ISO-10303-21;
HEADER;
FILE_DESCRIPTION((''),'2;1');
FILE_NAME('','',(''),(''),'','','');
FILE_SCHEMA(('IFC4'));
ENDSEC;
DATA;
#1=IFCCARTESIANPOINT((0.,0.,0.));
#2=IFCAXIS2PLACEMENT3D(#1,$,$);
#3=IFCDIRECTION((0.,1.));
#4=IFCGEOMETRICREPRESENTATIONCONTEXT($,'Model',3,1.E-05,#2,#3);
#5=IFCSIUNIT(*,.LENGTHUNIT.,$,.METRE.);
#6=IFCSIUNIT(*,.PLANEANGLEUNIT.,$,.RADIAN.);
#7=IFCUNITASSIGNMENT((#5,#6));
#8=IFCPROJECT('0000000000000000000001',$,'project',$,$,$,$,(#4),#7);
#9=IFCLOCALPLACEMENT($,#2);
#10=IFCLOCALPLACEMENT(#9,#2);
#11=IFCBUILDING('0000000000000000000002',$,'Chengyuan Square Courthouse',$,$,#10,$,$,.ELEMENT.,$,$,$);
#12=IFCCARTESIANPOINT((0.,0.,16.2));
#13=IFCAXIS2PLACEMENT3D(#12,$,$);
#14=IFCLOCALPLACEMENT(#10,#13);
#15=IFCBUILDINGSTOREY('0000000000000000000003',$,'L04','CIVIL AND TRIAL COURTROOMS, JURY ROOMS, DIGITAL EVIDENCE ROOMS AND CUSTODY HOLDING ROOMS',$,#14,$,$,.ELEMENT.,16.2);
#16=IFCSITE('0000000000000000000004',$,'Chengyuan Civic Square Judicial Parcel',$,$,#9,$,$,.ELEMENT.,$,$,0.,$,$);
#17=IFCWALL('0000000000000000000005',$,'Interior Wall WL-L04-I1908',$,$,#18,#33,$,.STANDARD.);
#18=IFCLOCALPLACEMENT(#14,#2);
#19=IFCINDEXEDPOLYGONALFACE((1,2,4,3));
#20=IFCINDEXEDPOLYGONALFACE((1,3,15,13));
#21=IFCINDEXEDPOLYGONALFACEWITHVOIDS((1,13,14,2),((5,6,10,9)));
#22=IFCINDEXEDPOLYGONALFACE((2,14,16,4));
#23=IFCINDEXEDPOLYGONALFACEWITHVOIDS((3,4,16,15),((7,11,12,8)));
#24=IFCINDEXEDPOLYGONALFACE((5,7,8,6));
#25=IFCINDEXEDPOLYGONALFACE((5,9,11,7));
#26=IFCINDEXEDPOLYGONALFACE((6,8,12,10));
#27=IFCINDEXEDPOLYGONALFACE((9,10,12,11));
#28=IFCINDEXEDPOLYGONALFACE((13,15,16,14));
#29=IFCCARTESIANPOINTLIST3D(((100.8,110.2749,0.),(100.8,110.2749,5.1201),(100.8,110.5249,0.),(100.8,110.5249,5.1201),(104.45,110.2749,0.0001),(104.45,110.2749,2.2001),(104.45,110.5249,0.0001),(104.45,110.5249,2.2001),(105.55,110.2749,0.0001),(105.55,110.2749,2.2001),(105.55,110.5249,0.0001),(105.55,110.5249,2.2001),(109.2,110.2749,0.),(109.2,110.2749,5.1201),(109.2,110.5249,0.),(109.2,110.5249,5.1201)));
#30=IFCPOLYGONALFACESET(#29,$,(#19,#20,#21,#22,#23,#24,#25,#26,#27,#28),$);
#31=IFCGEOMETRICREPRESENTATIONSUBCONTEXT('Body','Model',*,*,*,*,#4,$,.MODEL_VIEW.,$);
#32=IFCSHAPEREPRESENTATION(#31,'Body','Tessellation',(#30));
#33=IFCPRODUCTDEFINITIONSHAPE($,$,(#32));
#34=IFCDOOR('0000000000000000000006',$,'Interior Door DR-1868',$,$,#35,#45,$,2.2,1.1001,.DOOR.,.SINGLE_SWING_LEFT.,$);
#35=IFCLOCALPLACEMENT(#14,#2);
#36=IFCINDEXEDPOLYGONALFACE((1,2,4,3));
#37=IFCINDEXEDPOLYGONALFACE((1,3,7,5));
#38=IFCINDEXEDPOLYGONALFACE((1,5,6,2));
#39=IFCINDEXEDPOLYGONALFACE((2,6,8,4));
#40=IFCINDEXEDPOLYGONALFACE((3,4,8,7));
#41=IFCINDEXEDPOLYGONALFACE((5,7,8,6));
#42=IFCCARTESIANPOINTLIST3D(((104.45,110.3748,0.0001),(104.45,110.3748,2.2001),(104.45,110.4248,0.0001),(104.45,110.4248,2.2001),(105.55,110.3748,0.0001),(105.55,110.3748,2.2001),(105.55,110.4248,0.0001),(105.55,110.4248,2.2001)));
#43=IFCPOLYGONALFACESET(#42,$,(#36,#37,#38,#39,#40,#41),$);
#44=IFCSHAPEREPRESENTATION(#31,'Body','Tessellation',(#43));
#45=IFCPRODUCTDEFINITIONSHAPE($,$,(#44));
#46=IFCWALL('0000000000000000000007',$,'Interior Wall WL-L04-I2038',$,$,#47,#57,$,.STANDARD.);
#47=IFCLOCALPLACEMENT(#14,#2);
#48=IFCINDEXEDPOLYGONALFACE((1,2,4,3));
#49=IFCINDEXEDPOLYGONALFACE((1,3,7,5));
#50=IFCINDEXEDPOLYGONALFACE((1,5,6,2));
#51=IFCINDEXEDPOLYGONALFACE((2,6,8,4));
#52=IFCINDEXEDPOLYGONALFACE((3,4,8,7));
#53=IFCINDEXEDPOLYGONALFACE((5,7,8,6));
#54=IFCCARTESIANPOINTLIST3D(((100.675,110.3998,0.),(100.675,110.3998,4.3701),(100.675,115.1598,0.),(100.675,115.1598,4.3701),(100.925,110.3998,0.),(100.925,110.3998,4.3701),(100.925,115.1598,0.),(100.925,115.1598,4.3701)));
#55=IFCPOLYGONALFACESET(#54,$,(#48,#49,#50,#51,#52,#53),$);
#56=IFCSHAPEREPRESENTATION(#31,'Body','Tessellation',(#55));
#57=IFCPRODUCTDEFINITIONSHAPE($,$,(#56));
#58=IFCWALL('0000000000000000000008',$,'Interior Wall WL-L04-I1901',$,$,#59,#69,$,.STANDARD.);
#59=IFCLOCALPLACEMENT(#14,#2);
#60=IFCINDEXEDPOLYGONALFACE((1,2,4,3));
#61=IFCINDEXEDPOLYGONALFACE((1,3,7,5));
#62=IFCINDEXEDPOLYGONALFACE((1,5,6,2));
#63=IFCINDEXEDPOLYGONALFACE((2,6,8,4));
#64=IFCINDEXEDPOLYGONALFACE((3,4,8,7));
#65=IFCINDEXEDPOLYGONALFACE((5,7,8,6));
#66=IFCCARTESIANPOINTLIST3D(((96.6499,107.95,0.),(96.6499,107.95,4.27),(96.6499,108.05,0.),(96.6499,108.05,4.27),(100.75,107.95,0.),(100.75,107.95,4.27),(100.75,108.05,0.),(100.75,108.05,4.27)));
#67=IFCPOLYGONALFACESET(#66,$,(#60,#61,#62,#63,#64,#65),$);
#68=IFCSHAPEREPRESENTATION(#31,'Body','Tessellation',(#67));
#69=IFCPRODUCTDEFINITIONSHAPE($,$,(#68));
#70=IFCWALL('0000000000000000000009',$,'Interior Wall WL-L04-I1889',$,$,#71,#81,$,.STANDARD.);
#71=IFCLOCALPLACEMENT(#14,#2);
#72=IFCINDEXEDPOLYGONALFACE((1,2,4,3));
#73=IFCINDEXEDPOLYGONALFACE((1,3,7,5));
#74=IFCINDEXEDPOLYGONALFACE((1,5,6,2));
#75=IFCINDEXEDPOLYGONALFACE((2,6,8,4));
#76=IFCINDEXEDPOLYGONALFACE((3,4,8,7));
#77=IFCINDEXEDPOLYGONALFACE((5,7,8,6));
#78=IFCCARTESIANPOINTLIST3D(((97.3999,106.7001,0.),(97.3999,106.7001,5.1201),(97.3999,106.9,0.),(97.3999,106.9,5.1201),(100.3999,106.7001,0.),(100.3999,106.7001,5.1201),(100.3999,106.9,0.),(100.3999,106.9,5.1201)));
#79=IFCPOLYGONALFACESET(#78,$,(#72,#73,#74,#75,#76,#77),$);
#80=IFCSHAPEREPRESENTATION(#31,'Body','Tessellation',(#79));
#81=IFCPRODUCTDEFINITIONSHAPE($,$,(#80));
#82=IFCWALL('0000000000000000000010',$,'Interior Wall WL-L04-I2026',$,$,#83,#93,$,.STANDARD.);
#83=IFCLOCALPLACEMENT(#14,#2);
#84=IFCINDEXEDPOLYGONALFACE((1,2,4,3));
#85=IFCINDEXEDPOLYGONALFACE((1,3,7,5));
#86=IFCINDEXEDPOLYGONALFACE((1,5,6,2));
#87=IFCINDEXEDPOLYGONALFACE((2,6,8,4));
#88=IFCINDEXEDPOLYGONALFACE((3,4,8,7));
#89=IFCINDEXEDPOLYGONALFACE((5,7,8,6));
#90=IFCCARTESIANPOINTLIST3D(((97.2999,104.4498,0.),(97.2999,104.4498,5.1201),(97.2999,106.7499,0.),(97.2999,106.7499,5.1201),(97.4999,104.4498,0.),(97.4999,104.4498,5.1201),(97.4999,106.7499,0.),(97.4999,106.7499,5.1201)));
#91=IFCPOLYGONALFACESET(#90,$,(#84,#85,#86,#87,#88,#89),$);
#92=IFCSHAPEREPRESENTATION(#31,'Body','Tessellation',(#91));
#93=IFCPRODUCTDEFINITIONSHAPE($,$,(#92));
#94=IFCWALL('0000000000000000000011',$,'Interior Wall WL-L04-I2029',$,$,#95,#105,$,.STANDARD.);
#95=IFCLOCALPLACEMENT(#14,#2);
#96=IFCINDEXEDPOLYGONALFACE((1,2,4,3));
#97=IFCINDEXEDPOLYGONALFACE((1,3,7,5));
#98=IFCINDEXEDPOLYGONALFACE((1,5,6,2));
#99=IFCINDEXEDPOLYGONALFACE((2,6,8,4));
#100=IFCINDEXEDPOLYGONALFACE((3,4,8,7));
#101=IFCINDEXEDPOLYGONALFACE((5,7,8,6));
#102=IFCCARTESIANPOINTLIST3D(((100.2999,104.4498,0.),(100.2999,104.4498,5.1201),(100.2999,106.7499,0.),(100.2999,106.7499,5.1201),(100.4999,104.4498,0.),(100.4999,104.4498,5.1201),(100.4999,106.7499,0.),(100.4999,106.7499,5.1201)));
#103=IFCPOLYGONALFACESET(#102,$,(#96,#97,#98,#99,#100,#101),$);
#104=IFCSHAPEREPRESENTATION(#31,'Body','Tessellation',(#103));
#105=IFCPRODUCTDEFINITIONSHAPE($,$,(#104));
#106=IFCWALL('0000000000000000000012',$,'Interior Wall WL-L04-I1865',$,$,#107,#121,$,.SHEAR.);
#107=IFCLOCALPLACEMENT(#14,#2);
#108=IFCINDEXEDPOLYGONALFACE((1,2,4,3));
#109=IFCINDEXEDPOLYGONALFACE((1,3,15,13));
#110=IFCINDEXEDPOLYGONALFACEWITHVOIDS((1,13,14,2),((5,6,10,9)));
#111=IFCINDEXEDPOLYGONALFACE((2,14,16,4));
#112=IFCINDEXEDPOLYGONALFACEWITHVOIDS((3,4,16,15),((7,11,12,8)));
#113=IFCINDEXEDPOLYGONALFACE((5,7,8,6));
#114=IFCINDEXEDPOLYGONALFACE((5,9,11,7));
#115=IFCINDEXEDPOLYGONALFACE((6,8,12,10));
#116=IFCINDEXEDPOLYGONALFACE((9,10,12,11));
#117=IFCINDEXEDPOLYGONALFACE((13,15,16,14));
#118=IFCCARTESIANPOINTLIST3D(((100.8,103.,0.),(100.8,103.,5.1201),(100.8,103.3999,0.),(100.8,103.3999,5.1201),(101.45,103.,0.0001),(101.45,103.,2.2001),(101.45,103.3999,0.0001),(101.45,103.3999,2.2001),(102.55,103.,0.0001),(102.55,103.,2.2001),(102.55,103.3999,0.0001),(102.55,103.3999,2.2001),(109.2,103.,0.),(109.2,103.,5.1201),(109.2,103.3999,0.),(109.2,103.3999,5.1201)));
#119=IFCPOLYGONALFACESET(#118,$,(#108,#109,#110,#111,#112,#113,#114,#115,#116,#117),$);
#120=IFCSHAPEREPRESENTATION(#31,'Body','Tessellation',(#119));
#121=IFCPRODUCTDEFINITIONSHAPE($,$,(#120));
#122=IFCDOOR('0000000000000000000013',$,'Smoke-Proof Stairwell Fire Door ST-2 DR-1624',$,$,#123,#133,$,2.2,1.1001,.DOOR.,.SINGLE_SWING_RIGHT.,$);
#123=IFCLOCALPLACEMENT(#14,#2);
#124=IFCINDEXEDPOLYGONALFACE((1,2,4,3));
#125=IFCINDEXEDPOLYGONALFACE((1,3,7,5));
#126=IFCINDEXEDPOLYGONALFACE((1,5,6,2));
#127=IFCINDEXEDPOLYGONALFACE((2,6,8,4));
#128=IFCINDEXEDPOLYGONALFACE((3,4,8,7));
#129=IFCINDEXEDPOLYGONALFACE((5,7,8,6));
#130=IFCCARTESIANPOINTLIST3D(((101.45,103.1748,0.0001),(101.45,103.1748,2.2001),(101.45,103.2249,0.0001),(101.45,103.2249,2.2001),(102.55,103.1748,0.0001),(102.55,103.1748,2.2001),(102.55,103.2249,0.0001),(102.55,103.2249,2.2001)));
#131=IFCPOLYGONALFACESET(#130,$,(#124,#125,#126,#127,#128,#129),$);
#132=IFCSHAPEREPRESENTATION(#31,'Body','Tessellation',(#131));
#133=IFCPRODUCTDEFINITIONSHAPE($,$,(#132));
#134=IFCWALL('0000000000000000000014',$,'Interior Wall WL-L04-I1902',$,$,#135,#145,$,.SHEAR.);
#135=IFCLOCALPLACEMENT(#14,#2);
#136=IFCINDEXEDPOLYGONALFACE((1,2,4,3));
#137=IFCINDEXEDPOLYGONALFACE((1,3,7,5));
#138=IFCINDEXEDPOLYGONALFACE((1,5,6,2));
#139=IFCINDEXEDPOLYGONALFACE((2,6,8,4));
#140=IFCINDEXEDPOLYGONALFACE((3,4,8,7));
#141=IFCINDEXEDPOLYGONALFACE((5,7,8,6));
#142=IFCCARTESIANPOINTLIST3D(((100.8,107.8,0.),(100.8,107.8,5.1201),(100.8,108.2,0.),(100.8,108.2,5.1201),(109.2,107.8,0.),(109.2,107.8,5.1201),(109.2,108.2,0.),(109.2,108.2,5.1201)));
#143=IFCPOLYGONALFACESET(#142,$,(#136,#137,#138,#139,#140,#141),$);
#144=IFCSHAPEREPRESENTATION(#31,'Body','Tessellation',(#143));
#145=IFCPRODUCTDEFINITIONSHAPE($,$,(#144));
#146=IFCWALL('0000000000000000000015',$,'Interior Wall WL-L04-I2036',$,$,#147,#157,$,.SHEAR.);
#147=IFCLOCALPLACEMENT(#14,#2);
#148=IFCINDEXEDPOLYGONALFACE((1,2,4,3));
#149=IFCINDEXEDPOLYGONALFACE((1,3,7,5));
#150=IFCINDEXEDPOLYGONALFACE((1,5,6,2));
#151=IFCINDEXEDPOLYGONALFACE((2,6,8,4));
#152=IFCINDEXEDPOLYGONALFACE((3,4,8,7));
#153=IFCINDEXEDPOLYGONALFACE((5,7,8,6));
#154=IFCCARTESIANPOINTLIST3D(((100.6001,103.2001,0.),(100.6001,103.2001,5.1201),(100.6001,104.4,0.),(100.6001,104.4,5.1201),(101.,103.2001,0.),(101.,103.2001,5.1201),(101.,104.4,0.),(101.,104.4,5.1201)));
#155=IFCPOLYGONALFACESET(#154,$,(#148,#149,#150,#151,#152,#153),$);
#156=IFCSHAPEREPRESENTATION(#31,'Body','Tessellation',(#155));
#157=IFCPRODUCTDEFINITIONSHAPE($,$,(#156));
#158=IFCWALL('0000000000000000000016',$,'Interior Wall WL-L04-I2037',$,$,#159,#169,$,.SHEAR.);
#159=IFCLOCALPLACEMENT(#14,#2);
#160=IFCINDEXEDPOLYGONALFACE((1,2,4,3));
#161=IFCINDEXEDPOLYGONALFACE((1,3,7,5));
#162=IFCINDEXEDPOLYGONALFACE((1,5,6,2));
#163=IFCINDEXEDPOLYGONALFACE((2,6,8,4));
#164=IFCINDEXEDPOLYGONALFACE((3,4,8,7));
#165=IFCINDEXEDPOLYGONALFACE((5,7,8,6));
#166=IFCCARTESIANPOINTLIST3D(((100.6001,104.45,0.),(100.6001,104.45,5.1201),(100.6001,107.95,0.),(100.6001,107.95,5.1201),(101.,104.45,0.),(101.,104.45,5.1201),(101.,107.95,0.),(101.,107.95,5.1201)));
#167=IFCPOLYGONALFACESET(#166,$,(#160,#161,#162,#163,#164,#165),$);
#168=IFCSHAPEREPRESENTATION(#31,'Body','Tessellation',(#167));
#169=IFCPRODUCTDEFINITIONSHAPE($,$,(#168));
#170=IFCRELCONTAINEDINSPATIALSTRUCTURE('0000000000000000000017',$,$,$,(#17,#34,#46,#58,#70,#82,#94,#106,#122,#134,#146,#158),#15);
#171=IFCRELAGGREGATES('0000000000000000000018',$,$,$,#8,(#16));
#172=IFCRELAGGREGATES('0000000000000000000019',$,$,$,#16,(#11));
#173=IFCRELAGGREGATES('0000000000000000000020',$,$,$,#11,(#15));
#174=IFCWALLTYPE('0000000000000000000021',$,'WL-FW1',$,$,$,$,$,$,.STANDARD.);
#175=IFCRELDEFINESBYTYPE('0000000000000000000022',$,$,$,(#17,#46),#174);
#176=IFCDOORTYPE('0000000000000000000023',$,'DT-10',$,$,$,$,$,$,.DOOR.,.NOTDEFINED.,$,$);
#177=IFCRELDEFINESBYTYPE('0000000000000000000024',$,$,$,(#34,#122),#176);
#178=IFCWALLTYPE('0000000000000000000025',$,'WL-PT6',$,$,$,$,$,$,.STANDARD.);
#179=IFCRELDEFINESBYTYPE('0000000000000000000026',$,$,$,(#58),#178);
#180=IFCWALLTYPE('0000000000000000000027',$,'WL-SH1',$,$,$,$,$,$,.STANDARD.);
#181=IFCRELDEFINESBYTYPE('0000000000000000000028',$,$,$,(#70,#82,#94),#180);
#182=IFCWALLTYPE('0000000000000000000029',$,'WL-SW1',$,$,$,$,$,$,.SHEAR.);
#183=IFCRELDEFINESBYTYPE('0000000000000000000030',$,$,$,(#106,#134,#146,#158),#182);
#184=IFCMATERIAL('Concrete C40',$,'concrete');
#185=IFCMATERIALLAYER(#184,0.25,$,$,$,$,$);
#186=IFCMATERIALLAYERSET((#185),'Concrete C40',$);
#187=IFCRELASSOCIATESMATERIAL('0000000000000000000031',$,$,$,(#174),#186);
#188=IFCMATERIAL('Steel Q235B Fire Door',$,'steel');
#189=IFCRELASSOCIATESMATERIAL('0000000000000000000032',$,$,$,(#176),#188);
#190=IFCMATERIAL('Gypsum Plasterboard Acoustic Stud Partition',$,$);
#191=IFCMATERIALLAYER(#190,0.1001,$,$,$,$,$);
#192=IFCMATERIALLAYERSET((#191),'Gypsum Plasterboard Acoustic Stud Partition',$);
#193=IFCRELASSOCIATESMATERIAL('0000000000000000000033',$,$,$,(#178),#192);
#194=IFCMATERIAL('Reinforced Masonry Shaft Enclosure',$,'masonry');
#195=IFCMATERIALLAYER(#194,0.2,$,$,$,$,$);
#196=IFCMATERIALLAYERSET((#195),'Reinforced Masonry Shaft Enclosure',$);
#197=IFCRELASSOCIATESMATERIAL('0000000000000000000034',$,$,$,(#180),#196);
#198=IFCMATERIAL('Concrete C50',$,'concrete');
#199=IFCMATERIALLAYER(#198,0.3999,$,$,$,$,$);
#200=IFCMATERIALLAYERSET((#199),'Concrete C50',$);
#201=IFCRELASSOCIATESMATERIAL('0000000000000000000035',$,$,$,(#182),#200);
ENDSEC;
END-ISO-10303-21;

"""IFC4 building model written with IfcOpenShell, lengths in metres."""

from ifc_helpers import new_model, si_unit, direction, frame, frame_2d, origin, place, context, subcontext, project, spatial, rectangle, extrude, material, layer, layer_set, type_object, element, fill, save


model = new_model("IFC4")

# Units and contexts
model_context = context("Model", 3, precision=1e-05, world=origin(), true_north=direction((0.0, 1.0)))
body_context = subcontext(model_context, "Body", "Model", "MODEL_VIEW")
ifc_project = project(units=[si_unit("LENGTHUNIT", "METRE"), si_unit("PLANEANGLEUNIT", "RADIAN")], contexts=[model_context])

# Site, building, storey
site_placement = place(None, origin())
site = spatial("IfcSite", under=ifc_project, at=site_placement, Name="Chengyuan Civic Square Judicial Parcel", CompositionType="ELEMENT", RefElevation=0.0)
building_placement = place(site_placement, origin())
building = spatial("IfcBuilding", under=site, at=building_placement, Name="Chengyuan Square Courthouse", CompositionType="ELEMENT")
storey_placement = place(building_placement, frame((0.0, 0.0, 16.2)))
storey = spatial("IfcBuildingStorey", under=building, at=storey_placement, Name="L04", Description="CIVIL AND TRIAL COURTROOMS, JURY ROOMS, DIGITAL EVIDENCE ROOMS AND CUSTODY HOLDING ROOMS", CompositionType="ELEMENT", Elevation=16.2)

# Shared definitions
ifc_material_1 = material(Name="Concrete C50", Category="concrete")

# Shared definitions
ifc_material_2 = material(Name="Concrete C40", Category="concrete")

# Wall, opening, door
ifc_layer_1 = layer(ifc_material_2, 0.25)
ifc_layer_set_1 = layer_set([ifc_layer_1], Name="Concrete C40")
wall_type_1 = type_object("IfcWallType", Name="WL-FW1", PredefinedType="STANDARD", material=ifc_layer_set_1)
wall_1_placement = place(storey_placement, frame((100.8, 110.3999, 0.0), z_axis=(0.0, 0.0, 1.0), x_axis=(1.0, 0.0, 0.0)))
wall_1 = element("IfcWall", 1, at=wall_1_placement, inside=storey, type_object=wall_type_1, Name="Interior Wall WL-L04-I1908", PredefinedType="STANDARD", context=body_context, shape_type="SweptSolid", body=[
    extrude(rectangle(XDim=8.3999, YDim=0.25, at=frame_2d((4.2, 0.0))), origin(), (0.0, 0.0, 1.0), 5.1201),
])
opening_1_placement = place(wall_1_placement, frame((3.6499, 0.0, 0.0)))
opening_1 = element("IfcOpeningElement", 2, at=opening_1_placement, cuts=wall_1, PredefinedType="OPENING", context=body_context, shape_type="SweptSolid", body=[
    extrude(rectangle(XDim=1.1001, YDim=2.2, at=frame_2d((0.55, 1.1001))), frame((0.0, 0.137, 0.0), z_axis=(0.0, -1.0, 0.0), x_axis=(1.0, 0.0, 0.0)), (0.0, 0.0, 1.0), 0.2739),
])
ifc_material_3 = material(Name="Steel Q235B Fire Door", Category="steel")
door_type_1 = type_object("IfcDoorType", Name="DT-10", OperationType="NOTDEFINED", PredefinedType="DOOR", material=ifc_material_3)
door_1_placement = place(opening_1_placement, origin())
door_1 = element("IfcDoor", 3, at=door_1_placement, inside=storey, type_object=door_type_1, Name="Interior Door DR-1868", OperationType="SINGLE_SWING_LEFT", OverallHeight=2.2, OverallWidth=1.1001, PredefinedType="DOOR", context=body_context, shape_type="SweptSolid", body=[
    extrude(rectangle(XDim=1.1001, YDim=2.2, at=frame_2d((0.55, 1.1001))), frame((0.0, 0.0249, 0.0), z_axis=(0.0, -1.0, 0.0), x_axis=(1.0, 0.0, 0.0)), (0.0, 0.0, 1.0), 0.05),
])
fill(opening_1, door_1)

# Walls
wall_2_placement = place(storey_placement, frame((100.8, 110.3999, 0.0), z_axis=(0.0, 0.0, 1.0), x_axis=(0.0, 1.0, 0.0)))
element("IfcWall", 4, at=wall_2_placement, inside=storey, type_object=wall_type_1, Name="Interior Wall WL-L04-I2038", PredefinedType="STANDARD", context=body_context, shape_type="SweptSolid", body=[
    extrude(rectangle(XDim=4.76, YDim=0.25, at=frame_2d((2.3799, 0.0))), origin(), (0.0, 0.0, 1.0), 4.3701),
])
ifc_material_4 = material(Name="Gypsum Plasterboard Acoustic Stud Partition")
ifc_layer_2 = layer(ifc_material_4, 0.1001)
ifc_layer_set_2 = layer_set([ifc_layer_2], Name="Gypsum Plasterboard Acoustic Stud Partition")
wall_type_2 = type_object("IfcWallType", Name="WL-PT6", PredefinedType="STANDARD", material=ifc_layer_set_2)
wall_3_placement = place(storey_placement, frame((96.6499, 108.0, 0.0), z_axis=(0.0, 0.0, 1.0), x_axis=(1.0, 0.0, 0.0)))
element("IfcWall", 5, at=wall_3_placement, inside=storey, type_object=wall_type_2, Name="Interior Wall WL-L04-I1901", PredefinedType="STANDARD", context=body_context, shape_type="SweptSolid", body=[
    extrude(rectangle(XDim=4.1001, YDim=0.1001, at=frame_2d((2.05, 0.0))), origin(), (0.0, 0.0, 1.0), 4.27),
])

# Shared definitions
ifc_material_5 = material(Name="Reinforced Masonry Shaft Enclosure", Category="masonry")
ifc_layer_3 = layer(ifc_material_5, 0.2)
ifc_layer_set_3 = layer_set([ifc_layer_3], Name="Reinforced Masonry Shaft Enclosure")
wall_type_3 = type_object("IfcWallType", Name="WL-SH1", PredefinedType="STANDARD", material=ifc_layer_set_3)

# Walls
wall_4_placement = place(storey_placement, frame((97.3999, 106.8, 0.0), z_axis=(0.0, 0.0, 1.0), x_axis=(1.0, 0.0, 0.0)))
element("IfcWall", 6, at=wall_4_placement, inside=storey, type_object=wall_type_3, Name="Interior Wall WL-L04-I1889", PredefinedType="STANDARD", context=body_context, shape_type="SweptSolid", body=[
    extrude(rectangle(XDim=3.0, YDim=0.2, at=frame_2d((1.5, 0.0))), origin(), (0.0, 0.0, 1.0), 5.1201),
])
for number, where, z_axis, x_axis, name in (
    (7, (97.3999, 104.45, 0.0), (0.0, 0.0, 1.0), (0.0, 1.0, 0.0), "Interior Wall WL-L04-I2026"),
    (8, (100.3999, 104.45, 0.0), (0.0, 0.0, 1.0), (0.0, 1.0, 0.0), "Interior Wall WL-L04-I2029"),
):
    element("IfcWall", number, at=place(storey_placement, frame(where, z_axis=z_axis, x_axis=x_axis)), inside=storey, type_object=wall_type_3, Name=name, PredefinedType="STANDARD", context=body_context, shape_type="SweptSolid", body=[
        extrude(rectangle(XDim=2.3, YDim=0.2, at=frame_2d((1.1499, 0.0))), origin(), (0.0, 0.0, 1.0), 5.1201),
    ])

# Wall, opening, door
ifc_layer_4 = layer(ifc_material_1, 0.3999)
ifc_layer_set_4 = layer_set([ifc_layer_4], Name="Concrete C50")
wall_type_4 = type_object("IfcWallType", Name="WL-SW1", PredefinedType="SHEAR", material=ifc_layer_set_4)
wall_5_placement = place(storey_placement, frame((100.8, 103.2, 0.0), z_axis=(0.0, 0.0, 1.0), x_axis=(1.0, 0.0, 0.0)))
wall_5 = element("IfcWall", 9, at=wall_5_placement, inside=storey, type_object=wall_type_4, Name="Interior Wall WL-L04-I1865", PredefinedType="SHEAR", context=body_context, shape_type="SweptSolid", body=[
    extrude(rectangle(XDim=8.3999, YDim=0.3999, at=frame_2d((4.2, 0.0))), origin(), (0.0, 0.0, 1.0), 5.1201),
])
opening_2_placement = place(wall_5_placement, frame((0.6499, 0.0, 0.0)))
opening_2 = element("IfcOpeningElement", 10, at=opening_2_placement, cuts=wall_5, PredefinedType="OPENING", context=body_context, shape_type="SweptSolid", body=[
    extrude(rectangle(XDim=1.1001, YDim=2.2, at=frame_2d((0.55, 1.1001))), frame((0.0, 0.2119, 0.0), z_axis=(0.0, -1.0, 0.0), x_axis=(1.0, 0.0, 0.0)), (0.0, 0.0, 1.0), 0.4238),
])
door_2_placement = place(opening_2_placement, origin())
door_2 = element("IfcDoor", 11, at=door_2_placement, inside=storey, type_object=door_type_1, Name="Smoke-Proof Stairwell Fire Door ST-2 DR-1624", OperationType="SINGLE_SWING_RIGHT", OverallHeight=2.2, OverallWidth=1.1001, PredefinedType="DOOR", context=body_context, shape_type="SweptSolid", body=[
    extrude(rectangle(XDim=1.1001, YDim=2.2, at=frame_2d((0.55, 1.1001))), frame((0.0, 0.0249, 0.0), z_axis=(0.0, -1.0, 0.0), x_axis=(1.0, 0.0, 0.0)), (0.0, 0.0, 1.0), 0.05),
])
fill(opening_2, door_2)

# Walls
wall_6_placement = place(storey_placement, frame((100.8, 108.0, 0.0), z_axis=(0.0, 0.0, 1.0), x_axis=(1.0, 0.0, 0.0)))
element("IfcWall", 12, at=wall_6_placement, inside=storey, type_object=wall_type_4, Name="Interior Wall WL-L04-I1902", PredefinedType="SHEAR", context=body_context, shape_type="SweptSolid", body=[
    extrude(rectangle(XDim=8.3999, YDim=0.3999, at=frame_2d((4.2, 0.0))), origin(), (0.0, 0.0, 1.0), 5.1201),
])
wall_7_placement = place(storey_placement, frame((100.8, 103.2, 0.0), z_axis=(0.0, 0.0, 1.0), x_axis=(0.0, 1.0, 0.0)))
element("IfcWall", 13, at=wall_7_placement, inside=storey, type_object=wall_type_4, Name="Interior Wall WL-L04-I2036", PredefinedType="SHEAR", context=body_context, shape_type="SweptSolid", body=[
    extrude(rectangle(XDim=1.2, YDim=0.3999, at=frame_2d((0.6001, 0.0))), origin(), (0.0, 0.0, 1.0), 5.1201),
])
wall_8_placement = place(storey_placement, frame((100.8, 104.45, 0.0), z_axis=(0.0, 0.0, 1.0), x_axis=(0.0, 1.0, 0.0)))
element("IfcWall", 14, at=wall_8_placement, inside=storey, type_object=wall_type_4, Name="Interior Wall WL-L04-I2037", PredefinedType="SHEAR", context=body_context, shape_type="SweptSolid", body=[
    extrude(rectangle(XDim=3.5, YDim=0.3999, at=frame_2d((1.75, 0.0))), origin(), (0.0, 0.0, 1.0), 5.1201),
])

save(model, "model.ifc")
